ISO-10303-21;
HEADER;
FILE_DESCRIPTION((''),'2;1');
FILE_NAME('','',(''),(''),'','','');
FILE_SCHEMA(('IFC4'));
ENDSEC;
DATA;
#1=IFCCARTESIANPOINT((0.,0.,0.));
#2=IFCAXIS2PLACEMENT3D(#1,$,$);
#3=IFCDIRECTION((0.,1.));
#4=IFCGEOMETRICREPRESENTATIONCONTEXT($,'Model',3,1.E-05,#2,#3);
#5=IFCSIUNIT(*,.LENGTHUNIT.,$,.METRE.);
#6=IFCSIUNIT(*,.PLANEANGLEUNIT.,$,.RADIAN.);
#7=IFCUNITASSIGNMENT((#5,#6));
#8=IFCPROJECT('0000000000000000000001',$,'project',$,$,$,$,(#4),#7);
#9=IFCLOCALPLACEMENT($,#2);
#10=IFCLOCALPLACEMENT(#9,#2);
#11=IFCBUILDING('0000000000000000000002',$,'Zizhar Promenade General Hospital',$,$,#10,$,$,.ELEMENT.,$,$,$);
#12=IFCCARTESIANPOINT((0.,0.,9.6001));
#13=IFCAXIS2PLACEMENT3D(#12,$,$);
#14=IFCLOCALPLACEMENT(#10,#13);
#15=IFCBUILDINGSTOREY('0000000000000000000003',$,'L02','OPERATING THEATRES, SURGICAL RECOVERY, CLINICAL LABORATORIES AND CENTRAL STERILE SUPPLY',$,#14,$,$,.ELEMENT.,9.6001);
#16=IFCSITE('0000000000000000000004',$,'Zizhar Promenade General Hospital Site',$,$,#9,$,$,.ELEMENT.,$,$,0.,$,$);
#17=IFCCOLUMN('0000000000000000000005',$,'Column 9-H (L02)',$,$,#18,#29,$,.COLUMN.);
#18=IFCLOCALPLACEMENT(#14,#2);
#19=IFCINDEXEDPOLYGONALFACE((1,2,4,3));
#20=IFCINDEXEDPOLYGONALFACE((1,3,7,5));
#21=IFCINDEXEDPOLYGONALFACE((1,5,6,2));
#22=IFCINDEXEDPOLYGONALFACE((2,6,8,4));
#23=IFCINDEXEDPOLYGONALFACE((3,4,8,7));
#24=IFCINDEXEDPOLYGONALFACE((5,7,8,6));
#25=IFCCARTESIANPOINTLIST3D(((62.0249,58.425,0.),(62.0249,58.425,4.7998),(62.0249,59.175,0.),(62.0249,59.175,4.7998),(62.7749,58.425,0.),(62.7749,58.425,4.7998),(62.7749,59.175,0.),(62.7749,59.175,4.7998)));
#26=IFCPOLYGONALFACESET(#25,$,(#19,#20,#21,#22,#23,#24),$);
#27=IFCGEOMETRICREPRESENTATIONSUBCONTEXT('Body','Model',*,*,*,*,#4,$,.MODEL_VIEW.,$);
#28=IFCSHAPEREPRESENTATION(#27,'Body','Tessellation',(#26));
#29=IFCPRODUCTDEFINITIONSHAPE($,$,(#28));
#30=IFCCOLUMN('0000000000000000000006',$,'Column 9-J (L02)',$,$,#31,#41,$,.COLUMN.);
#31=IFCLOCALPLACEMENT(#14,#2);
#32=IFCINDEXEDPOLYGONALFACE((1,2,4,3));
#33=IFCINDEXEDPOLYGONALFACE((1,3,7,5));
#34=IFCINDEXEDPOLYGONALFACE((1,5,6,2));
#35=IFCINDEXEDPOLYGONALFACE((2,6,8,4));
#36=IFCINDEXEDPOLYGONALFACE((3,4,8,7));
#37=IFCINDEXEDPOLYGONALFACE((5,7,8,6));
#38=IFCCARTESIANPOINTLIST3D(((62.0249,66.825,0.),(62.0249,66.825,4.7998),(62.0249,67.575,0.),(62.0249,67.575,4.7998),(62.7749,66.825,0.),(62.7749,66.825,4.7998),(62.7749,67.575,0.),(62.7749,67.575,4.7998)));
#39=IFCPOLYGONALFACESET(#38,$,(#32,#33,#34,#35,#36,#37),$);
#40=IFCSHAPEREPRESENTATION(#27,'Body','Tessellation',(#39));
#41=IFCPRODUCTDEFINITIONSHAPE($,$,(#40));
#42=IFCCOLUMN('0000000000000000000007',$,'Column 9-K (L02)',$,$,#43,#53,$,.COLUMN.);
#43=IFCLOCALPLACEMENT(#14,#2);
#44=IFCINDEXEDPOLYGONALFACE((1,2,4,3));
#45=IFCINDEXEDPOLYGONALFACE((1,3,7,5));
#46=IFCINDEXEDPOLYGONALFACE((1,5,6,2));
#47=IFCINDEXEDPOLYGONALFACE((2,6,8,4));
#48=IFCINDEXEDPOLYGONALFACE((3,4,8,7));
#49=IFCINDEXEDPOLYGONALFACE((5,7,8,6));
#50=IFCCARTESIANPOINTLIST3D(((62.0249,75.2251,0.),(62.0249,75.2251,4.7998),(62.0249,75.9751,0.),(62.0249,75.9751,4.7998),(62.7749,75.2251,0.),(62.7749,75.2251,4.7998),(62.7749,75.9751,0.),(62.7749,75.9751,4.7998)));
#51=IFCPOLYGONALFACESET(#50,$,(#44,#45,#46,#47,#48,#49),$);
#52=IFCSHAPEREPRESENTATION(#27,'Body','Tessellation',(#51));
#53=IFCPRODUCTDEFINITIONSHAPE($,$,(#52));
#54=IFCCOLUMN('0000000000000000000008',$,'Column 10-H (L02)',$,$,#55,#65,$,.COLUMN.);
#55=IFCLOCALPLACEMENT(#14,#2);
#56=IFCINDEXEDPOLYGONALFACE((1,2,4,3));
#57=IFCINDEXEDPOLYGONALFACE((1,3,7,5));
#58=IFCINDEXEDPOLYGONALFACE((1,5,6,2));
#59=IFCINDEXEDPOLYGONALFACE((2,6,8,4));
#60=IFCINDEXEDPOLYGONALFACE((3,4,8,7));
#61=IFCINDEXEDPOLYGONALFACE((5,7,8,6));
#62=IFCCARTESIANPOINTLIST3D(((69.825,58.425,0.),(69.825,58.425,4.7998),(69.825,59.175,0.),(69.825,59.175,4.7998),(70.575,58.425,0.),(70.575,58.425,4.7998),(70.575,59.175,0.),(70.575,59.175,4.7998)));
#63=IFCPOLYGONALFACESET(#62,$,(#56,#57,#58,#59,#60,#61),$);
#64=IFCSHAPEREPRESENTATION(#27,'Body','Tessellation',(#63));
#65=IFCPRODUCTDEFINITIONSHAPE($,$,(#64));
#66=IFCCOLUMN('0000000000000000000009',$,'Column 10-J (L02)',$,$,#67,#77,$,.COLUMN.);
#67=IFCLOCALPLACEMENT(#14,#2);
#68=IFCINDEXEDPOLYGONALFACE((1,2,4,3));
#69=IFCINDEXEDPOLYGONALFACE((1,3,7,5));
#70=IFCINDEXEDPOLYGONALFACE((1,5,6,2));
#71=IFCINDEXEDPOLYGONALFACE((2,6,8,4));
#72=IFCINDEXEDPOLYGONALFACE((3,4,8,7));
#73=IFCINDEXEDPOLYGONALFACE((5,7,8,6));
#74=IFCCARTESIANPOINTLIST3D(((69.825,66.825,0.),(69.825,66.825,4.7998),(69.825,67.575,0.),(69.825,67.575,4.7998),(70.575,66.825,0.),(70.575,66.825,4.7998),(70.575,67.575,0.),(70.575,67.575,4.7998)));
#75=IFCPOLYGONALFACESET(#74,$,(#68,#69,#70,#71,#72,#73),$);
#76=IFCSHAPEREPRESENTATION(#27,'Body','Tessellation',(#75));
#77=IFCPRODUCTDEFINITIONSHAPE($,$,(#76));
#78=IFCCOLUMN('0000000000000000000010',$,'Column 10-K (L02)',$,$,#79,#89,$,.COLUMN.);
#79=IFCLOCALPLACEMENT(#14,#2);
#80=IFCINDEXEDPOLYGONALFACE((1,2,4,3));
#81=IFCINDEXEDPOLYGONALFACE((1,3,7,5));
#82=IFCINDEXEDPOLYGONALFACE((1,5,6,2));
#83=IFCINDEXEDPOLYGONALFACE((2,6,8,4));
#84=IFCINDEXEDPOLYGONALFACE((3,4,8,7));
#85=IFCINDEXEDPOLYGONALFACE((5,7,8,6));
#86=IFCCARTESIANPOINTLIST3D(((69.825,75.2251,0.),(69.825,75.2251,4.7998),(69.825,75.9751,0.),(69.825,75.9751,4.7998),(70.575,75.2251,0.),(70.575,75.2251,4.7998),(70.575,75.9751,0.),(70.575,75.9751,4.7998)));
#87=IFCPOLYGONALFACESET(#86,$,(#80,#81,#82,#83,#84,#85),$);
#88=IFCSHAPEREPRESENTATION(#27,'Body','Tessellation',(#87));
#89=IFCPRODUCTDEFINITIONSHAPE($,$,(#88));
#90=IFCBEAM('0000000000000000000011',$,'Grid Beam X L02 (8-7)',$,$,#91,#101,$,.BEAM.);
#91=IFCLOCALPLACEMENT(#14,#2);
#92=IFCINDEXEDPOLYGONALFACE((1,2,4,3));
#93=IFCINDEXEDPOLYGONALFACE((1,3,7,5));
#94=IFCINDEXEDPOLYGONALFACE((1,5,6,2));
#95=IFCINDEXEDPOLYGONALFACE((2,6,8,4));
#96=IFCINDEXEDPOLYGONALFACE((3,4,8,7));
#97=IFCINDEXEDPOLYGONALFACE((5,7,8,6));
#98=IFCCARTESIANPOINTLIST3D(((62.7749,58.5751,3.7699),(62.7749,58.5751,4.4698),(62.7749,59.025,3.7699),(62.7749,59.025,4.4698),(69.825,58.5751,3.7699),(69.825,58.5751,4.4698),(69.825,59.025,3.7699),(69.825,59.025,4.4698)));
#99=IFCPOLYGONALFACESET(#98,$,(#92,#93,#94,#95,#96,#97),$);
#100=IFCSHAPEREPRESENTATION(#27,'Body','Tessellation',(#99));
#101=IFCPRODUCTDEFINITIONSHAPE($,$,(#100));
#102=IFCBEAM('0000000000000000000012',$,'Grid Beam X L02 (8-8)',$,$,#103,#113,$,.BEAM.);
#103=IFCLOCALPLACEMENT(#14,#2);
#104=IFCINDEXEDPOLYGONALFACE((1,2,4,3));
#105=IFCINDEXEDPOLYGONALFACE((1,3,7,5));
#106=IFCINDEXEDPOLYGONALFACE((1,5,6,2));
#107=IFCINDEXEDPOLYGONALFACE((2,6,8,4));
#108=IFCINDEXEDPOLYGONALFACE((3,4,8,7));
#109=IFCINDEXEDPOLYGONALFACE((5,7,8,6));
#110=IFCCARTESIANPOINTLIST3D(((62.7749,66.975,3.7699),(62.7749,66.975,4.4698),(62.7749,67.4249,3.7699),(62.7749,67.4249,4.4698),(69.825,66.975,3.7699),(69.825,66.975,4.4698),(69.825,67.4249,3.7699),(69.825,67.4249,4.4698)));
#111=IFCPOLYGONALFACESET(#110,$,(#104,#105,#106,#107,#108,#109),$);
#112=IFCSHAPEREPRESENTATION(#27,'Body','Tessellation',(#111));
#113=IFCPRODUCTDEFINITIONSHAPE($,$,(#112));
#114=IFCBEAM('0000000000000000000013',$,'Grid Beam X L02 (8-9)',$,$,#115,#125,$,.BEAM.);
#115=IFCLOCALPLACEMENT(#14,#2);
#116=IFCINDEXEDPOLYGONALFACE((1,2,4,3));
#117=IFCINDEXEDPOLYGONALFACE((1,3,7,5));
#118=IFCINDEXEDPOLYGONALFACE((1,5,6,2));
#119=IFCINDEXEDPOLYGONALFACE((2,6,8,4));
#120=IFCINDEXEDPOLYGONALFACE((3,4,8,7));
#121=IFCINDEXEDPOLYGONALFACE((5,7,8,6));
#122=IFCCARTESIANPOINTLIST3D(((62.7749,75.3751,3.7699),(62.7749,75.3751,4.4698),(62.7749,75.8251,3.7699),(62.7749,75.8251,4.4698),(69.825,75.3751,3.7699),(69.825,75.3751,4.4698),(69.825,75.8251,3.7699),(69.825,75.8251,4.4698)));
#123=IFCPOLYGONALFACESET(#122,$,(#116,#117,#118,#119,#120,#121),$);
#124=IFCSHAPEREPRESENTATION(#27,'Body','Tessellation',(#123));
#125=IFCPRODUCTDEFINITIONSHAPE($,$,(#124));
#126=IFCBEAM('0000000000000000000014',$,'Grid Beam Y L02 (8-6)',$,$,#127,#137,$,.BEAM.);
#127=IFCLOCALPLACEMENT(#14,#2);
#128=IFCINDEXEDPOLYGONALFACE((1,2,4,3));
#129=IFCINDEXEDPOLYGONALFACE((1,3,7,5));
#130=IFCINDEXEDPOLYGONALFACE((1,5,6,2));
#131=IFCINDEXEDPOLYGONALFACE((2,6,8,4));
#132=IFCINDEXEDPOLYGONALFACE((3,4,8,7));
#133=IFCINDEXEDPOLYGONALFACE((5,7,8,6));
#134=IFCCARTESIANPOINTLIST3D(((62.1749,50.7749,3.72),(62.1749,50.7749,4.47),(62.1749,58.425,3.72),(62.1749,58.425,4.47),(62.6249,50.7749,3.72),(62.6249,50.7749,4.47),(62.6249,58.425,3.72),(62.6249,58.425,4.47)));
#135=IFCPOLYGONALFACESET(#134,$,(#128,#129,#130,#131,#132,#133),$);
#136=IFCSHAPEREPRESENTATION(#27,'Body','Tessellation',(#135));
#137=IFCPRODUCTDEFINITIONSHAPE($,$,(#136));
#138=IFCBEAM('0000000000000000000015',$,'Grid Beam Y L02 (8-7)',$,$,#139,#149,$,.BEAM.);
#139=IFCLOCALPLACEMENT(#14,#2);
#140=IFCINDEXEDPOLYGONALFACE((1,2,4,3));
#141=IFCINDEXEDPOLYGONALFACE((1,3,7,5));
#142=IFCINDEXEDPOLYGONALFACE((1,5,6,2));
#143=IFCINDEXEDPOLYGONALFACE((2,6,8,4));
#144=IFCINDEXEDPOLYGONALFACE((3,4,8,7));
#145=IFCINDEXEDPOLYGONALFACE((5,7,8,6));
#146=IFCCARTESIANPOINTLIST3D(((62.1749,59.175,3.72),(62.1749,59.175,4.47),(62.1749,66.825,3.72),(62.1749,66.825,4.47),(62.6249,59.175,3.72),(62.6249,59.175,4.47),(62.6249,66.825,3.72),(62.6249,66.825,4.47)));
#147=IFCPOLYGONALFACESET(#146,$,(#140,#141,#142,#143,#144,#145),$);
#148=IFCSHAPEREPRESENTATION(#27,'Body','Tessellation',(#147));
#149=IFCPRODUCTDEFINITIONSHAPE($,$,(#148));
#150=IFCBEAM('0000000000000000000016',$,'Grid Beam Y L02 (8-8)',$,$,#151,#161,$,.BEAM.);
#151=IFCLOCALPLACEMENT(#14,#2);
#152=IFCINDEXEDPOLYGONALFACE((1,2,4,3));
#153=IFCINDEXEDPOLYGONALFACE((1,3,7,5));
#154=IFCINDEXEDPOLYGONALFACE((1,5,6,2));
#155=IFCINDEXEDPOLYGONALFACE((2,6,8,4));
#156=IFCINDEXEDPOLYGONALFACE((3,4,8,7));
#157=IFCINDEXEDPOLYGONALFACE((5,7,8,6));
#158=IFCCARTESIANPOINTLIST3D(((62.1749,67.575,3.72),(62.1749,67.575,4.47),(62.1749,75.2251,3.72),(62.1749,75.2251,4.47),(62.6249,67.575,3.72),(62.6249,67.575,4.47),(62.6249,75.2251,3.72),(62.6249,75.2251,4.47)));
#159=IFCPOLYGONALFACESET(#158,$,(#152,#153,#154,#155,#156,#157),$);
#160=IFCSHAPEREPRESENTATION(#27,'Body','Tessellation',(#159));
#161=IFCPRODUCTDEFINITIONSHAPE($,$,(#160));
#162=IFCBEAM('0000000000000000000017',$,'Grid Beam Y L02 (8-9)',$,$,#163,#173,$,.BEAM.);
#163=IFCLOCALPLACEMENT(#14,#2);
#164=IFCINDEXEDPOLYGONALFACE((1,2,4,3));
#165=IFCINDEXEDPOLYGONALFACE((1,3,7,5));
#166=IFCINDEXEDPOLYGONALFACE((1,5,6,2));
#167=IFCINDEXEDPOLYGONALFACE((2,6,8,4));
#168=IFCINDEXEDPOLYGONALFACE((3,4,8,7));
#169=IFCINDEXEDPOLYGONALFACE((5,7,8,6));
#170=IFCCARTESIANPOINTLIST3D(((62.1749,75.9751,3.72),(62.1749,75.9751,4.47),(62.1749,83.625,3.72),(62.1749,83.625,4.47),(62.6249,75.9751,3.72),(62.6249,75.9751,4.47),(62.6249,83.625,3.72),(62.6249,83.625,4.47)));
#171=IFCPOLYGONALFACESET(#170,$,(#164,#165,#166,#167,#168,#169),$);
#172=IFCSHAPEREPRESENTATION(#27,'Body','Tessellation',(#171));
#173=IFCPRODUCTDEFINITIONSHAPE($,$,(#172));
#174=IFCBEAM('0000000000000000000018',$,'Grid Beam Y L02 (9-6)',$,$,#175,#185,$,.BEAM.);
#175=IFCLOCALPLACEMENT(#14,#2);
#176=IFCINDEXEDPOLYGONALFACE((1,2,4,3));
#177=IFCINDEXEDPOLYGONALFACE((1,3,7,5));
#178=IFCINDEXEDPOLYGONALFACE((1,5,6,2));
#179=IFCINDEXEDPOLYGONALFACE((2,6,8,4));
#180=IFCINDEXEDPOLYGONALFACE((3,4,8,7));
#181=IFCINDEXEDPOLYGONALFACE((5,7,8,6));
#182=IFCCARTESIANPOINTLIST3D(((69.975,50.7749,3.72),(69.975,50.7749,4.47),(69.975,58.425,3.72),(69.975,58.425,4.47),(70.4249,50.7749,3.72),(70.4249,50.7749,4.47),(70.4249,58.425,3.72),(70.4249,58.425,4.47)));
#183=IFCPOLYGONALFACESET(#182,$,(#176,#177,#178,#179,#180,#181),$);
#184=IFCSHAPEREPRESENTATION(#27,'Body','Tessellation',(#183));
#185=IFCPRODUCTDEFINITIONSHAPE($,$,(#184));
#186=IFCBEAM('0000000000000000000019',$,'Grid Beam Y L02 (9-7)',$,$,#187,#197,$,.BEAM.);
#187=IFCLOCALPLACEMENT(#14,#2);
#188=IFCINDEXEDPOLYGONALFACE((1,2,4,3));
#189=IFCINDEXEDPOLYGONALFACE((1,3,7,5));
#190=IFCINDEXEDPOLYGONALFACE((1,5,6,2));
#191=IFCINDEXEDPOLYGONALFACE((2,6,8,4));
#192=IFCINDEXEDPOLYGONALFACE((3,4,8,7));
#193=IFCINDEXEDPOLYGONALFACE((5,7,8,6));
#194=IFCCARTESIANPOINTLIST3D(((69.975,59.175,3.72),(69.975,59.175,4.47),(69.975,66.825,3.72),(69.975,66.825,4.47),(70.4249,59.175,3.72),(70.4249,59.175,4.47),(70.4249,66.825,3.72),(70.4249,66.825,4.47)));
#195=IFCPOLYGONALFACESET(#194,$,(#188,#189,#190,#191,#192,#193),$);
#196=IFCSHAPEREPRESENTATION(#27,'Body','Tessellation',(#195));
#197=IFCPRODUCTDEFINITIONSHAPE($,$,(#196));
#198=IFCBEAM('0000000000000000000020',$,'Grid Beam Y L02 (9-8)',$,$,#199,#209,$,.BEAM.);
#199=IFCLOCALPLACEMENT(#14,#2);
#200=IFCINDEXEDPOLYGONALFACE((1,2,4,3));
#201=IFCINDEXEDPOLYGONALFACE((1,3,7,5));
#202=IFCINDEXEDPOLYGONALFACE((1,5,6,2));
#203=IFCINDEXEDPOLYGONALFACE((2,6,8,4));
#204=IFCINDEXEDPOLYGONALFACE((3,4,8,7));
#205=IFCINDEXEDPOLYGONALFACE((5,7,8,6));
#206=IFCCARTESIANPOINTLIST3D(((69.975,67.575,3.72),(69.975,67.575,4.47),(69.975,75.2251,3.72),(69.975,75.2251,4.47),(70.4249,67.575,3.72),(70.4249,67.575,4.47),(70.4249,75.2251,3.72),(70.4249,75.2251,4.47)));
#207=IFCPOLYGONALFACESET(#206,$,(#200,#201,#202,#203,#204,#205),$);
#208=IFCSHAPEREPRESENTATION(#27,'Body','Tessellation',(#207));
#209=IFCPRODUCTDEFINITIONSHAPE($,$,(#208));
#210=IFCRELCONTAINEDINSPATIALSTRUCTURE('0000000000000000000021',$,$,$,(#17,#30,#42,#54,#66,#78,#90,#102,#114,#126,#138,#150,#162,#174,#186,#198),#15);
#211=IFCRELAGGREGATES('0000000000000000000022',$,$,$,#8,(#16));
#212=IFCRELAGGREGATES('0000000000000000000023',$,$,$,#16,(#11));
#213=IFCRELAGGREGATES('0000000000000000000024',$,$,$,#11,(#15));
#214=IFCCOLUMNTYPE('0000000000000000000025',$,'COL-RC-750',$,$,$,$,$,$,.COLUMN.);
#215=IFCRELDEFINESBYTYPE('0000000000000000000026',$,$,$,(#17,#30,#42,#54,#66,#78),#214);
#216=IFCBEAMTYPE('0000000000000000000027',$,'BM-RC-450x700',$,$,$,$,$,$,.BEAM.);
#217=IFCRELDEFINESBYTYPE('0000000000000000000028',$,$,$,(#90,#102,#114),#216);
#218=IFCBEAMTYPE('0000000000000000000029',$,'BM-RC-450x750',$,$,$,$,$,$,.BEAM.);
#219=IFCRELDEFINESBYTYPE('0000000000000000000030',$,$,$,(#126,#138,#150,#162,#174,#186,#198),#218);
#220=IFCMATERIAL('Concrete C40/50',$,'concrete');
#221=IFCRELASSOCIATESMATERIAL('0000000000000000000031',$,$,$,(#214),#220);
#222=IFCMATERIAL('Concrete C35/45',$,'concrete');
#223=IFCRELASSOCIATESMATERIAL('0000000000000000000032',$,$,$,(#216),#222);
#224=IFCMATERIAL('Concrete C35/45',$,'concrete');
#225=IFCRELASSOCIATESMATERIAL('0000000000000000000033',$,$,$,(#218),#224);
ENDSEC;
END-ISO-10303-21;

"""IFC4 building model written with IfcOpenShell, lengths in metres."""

from ifc_helpers import new_model, si_unit, direction, frame, origin, origin_2d, place, context, subcontext, project, spatial, rectangle, extrude, material, material_profile, profile_set, type_object, element, save


model = new_model("IFC4")

# Units and contexts
model_context = context("Model", 3, precision=1e-05, world=origin(), true_north=direction((0.0, 1.0)))
body_context = subcontext(model_context, "Body", "Model", "MODEL_VIEW")
ifc_project = project(units=[si_unit("LENGTHUNIT", "METRE"), si_unit("PLANEANGLEUNIT", "RADIAN")], contexts=[model_context])

# Site, building, storey
site_placement = place(None, origin())
site = spatial("IfcSite", under=ifc_project, at=site_placement, Name="Zizhar Promenade General Hospital Site", CompositionType="ELEMENT", RefElevation=0.0)
building_placement = place(site_placement, origin())
building = spatial("IfcBuilding", under=site, at=building_placement, Name="Zizhar Promenade General Hospital", CompositionType="ELEMENT")
storey_placement = place(building_placement, frame((0.0, 0.0, 9.6001)))
storey = spatial("IfcBuildingStorey", under=building, at=storey_placement, Name="L02", Description="OPERATING THEATRES, SURGICAL RECOVERY, CLINICAL LABORATORIES AND CENTRAL STERILE SUPPLY", CompositionType="ELEMENT", Elevation=9.6001)

# Columns
ifc_material_1 = material(Name="Concrete C40/50", Category="concrete")
ifc_material_profile_1 = material_profile(ifc_material_1, rectangle(XDim=0.75, YDim=0.75, at=origin_2d()))
ifc_profile_set_1 = profile_set([ifc_material_profile_1], Name="Concrete C40/50")
column_type = type_object("IfcColumnType", Name="COL-RC-750", PredefinedType="COLUMN", material=ifc_profile_set_1)
for number, where, z_axis, x_axis, name in (
    (1, (62.3999, 58.8, 0.0), (0.0, 0.0, 1.0), (1.0, 0.0, 0.0), "Column 9-H (L02)"),
    (2, (62.3999, 67.2, 0.0), (0.0, 0.0, 1.0), (1.0, 0.0, 0.0), "Column 9-J (L02)"),
    (3, (62.3999, 75.6001, 0.0), (0.0, 0.0, 1.0), (1.0, 0.0, 0.0), "Column 9-K (L02)"),
    (4, (70.2, 58.8, 0.0), (0.0, 0.0, 1.0), (1.0, 0.0, 0.0), "Column 10-H (L02)"),
    (5, (70.2, 67.2, 0.0), (0.0, 0.0, 1.0), (1.0, 0.0, 0.0), "Column 10-J (L02)"),
    (6, (70.2, 75.6001, 0.0), (0.0, 0.0, 1.0), (1.0, 0.0, 0.0), "Column 10-K (L02)"),
):
    element("IfcColumn", number, at=place(storey_placement, frame(where, z_axis=z_axis, x_axis=x_axis)), inside=storey, type_object=column_type, Name=name, PredefinedType="COLUMN", context=body_context, shape_type="SweptSolid", body=[
        extrude(rectangle(XDim=0.75, YDim=0.75, at=origin_2d()), origin(), (0.0, 0.0, 1.0), 4.7998),
    ])

# Beams
ifc_material_2 = material(Name="Concrete C35/45", Category="concrete")
ifc_material_profile_2 = material_profile(ifc_material_2, rectangle(XDim=0.45, YDim=0.7, at=origin_2d()))
ifc_profile_set_2 = profile_set([ifc_material_profile_2], Name="Concrete C35/45")
beam_type_1 = type_object("IfcBeamType", Name="BM-RC-450x700", PredefinedType="BEAM", material=ifc_profile_set_2)
for number, where, z_axis, x_axis, name in (
    (7, (62.7749, 58.8, 4.1199), (1.0, 0.0, 0.0), (0.0, 1.0, 0.0), "Grid Beam X L02 (8-7)"),
    (8, (62.7749, 67.2, 4.1199), (1.0, 0.0, 0.0), (0.0, 1.0, 0.0), "Grid Beam X L02 (8-8)"),
    (9, (62.7749, 75.6001, 4.1199), (1.0, 0.0, 0.0), (0.0, 1.0, 0.0), "Grid Beam X L02 (8-9)"),
):
    element("IfcBeam", number, at=place(storey_placement, frame(where, z_axis=z_axis, x_axis=x_axis)), inside=storey, type_object=beam_type_1, Name=name, PredefinedType="BEAM", context=body_context, shape_type="SweptSolid", body=[
        extrude(rectangle(XDim=0.45, YDim=0.7, at=origin_2d()), origin(), (0.0, 0.0, 1.0), 7.05),
    ])
ifc_material_3 = material(Name="Concrete C35/45", Category="concrete")
ifc_material_profile_3 = material_profile(ifc_material_3, rectangle(XDim=0.45, YDim=0.75, at=origin_2d()))
ifc_profile_set_3 = profile_set([ifc_material_profile_3], Name="Concrete C35/45")
beam_type_2 = type_object("IfcBeamType", Name="BM-RC-450x750", PredefinedType="BEAM", material=ifc_profile_set_3)
beam_1_placement = place(storey_placement, frame((62.3999, 50.7749, 4.095), z_axis=(0.0, 1.0, 0.0), x_axis=(-1.0, 0.0, 0.0)))
element("IfcBeam", 10, at=beam_1_placement, inside=storey, type_object=beam_type_2, Name="Grid Beam Y L02 (8-6)", PredefinedType="BEAM", context=body_context, shape_type="SweptSolid", body=[
    extrude(rectangle(XDim=0.45, YDim=0.75, at=origin_2d()), origin(), (0.0, 0.0, 1.0), 7.6501),
])
beam_2_placement = place(storey_placement, frame((62.3999, 59.175, 4.095), z_axis=(0.0, 1.0, 0.0), x_axis=(-1.0, 0.0, 0.0)))
element("IfcBeam", 11, at=beam_2_placement, inside=storey, type_object=beam_type_2, Name="Grid Beam Y L02 (8-7)", PredefinedType="BEAM", context=body_context, shape_type="SweptSolid", body=[
    extrude(rectangle(XDim=0.45, YDim=0.75, at=origin_2d()), origin(), (0.0, 0.0, 1.0), 7.6499),
])
beam_3_placement = place(storey_placement, frame((62.3999, 67.575, 4.095), z_axis=(0.0, 1.0, 0.0), x_axis=(-1.0, 0.0, 0.0)))
element("IfcBeam", 12, at=beam_3_placement, inside=storey, type_object=beam_type_2, Name="Grid Beam Y L02 (8-8)", PredefinedType="BEAM", context=body_context, shape_type="SweptSolid", body=[
    extrude(rectangle(XDim=0.45, YDim=0.75, at=origin_2d()), origin(), (0.0, 0.0, 1.0), 7.6501),
])
beam_4_placement = place(storey_placement, frame((62.3999, 75.9751, 4.095), z_axis=(0.0, 1.0, 0.0), x_axis=(-1.0, 0.0, 0.0)))
element("IfcBeam", 13, at=beam_4_placement, inside=storey, type_object=beam_type_2, Name="Grid Beam Y L02 (8-9)", PredefinedType="BEAM", context=body_context, shape_type="SweptSolid", body=[
    extrude(rectangle(XDim=0.45, YDim=0.75, at=origin_2d()), origin(), (0.0, 0.0, 1.0), 7.6499),
])
beam_5_placement = place(storey_placement, frame((70.2, 50.7749, 4.095), z_axis=(0.0, 1.0, 0.0), x_axis=(-1.0, 0.0, 0.0)))
element("IfcBeam", 14, at=beam_5_placement, inside=storey, type_object=beam_type_2, Name="Grid Beam Y L02 (9-6)", PredefinedType="BEAM", context=body_context, shape_type="SweptSolid", body=[
    extrude(rectangle(XDim=0.45, YDim=0.75, at=origin_2d()), origin(), (0.0, 0.0, 1.0), 7.6501),
])
beam_6_placement = place(storey_placement, frame((70.2, 59.175, 4.095), z_axis=(0.0, 1.0, 0.0), x_axis=(-1.0, 0.0, 0.0)))
element("IfcBeam", 15, at=beam_6_placement, inside=storey, type_object=beam_type_2, Name="Grid Beam Y L02 (9-7)", PredefinedType="BEAM", context=body_context, shape_type="SweptSolid", body=[
    extrude(rectangle(XDim=0.45, YDim=0.75, at=origin_2d()), origin(), (0.0, 0.0, 1.0), 7.6499),
])
beam_7_placement = place(storey_placement, frame((70.2, 67.575, 4.095), z_axis=(0.0, 1.0, 0.0), x_axis=(-1.0, 0.0, 0.0)))
element("IfcBeam", 16, at=beam_7_placement, inside=storey, type_object=beam_type_2, Name="Grid Beam Y L02 (9-8)", PredefinedType="BEAM", context=body_context, shape_type="SweptSolid", body=[
    extrude(rectangle(XDim=0.45, YDim=0.75, at=origin_2d()), origin(), (0.0, 0.0, 1.0), 7.6501),
])

save(model, "model.ifc")
